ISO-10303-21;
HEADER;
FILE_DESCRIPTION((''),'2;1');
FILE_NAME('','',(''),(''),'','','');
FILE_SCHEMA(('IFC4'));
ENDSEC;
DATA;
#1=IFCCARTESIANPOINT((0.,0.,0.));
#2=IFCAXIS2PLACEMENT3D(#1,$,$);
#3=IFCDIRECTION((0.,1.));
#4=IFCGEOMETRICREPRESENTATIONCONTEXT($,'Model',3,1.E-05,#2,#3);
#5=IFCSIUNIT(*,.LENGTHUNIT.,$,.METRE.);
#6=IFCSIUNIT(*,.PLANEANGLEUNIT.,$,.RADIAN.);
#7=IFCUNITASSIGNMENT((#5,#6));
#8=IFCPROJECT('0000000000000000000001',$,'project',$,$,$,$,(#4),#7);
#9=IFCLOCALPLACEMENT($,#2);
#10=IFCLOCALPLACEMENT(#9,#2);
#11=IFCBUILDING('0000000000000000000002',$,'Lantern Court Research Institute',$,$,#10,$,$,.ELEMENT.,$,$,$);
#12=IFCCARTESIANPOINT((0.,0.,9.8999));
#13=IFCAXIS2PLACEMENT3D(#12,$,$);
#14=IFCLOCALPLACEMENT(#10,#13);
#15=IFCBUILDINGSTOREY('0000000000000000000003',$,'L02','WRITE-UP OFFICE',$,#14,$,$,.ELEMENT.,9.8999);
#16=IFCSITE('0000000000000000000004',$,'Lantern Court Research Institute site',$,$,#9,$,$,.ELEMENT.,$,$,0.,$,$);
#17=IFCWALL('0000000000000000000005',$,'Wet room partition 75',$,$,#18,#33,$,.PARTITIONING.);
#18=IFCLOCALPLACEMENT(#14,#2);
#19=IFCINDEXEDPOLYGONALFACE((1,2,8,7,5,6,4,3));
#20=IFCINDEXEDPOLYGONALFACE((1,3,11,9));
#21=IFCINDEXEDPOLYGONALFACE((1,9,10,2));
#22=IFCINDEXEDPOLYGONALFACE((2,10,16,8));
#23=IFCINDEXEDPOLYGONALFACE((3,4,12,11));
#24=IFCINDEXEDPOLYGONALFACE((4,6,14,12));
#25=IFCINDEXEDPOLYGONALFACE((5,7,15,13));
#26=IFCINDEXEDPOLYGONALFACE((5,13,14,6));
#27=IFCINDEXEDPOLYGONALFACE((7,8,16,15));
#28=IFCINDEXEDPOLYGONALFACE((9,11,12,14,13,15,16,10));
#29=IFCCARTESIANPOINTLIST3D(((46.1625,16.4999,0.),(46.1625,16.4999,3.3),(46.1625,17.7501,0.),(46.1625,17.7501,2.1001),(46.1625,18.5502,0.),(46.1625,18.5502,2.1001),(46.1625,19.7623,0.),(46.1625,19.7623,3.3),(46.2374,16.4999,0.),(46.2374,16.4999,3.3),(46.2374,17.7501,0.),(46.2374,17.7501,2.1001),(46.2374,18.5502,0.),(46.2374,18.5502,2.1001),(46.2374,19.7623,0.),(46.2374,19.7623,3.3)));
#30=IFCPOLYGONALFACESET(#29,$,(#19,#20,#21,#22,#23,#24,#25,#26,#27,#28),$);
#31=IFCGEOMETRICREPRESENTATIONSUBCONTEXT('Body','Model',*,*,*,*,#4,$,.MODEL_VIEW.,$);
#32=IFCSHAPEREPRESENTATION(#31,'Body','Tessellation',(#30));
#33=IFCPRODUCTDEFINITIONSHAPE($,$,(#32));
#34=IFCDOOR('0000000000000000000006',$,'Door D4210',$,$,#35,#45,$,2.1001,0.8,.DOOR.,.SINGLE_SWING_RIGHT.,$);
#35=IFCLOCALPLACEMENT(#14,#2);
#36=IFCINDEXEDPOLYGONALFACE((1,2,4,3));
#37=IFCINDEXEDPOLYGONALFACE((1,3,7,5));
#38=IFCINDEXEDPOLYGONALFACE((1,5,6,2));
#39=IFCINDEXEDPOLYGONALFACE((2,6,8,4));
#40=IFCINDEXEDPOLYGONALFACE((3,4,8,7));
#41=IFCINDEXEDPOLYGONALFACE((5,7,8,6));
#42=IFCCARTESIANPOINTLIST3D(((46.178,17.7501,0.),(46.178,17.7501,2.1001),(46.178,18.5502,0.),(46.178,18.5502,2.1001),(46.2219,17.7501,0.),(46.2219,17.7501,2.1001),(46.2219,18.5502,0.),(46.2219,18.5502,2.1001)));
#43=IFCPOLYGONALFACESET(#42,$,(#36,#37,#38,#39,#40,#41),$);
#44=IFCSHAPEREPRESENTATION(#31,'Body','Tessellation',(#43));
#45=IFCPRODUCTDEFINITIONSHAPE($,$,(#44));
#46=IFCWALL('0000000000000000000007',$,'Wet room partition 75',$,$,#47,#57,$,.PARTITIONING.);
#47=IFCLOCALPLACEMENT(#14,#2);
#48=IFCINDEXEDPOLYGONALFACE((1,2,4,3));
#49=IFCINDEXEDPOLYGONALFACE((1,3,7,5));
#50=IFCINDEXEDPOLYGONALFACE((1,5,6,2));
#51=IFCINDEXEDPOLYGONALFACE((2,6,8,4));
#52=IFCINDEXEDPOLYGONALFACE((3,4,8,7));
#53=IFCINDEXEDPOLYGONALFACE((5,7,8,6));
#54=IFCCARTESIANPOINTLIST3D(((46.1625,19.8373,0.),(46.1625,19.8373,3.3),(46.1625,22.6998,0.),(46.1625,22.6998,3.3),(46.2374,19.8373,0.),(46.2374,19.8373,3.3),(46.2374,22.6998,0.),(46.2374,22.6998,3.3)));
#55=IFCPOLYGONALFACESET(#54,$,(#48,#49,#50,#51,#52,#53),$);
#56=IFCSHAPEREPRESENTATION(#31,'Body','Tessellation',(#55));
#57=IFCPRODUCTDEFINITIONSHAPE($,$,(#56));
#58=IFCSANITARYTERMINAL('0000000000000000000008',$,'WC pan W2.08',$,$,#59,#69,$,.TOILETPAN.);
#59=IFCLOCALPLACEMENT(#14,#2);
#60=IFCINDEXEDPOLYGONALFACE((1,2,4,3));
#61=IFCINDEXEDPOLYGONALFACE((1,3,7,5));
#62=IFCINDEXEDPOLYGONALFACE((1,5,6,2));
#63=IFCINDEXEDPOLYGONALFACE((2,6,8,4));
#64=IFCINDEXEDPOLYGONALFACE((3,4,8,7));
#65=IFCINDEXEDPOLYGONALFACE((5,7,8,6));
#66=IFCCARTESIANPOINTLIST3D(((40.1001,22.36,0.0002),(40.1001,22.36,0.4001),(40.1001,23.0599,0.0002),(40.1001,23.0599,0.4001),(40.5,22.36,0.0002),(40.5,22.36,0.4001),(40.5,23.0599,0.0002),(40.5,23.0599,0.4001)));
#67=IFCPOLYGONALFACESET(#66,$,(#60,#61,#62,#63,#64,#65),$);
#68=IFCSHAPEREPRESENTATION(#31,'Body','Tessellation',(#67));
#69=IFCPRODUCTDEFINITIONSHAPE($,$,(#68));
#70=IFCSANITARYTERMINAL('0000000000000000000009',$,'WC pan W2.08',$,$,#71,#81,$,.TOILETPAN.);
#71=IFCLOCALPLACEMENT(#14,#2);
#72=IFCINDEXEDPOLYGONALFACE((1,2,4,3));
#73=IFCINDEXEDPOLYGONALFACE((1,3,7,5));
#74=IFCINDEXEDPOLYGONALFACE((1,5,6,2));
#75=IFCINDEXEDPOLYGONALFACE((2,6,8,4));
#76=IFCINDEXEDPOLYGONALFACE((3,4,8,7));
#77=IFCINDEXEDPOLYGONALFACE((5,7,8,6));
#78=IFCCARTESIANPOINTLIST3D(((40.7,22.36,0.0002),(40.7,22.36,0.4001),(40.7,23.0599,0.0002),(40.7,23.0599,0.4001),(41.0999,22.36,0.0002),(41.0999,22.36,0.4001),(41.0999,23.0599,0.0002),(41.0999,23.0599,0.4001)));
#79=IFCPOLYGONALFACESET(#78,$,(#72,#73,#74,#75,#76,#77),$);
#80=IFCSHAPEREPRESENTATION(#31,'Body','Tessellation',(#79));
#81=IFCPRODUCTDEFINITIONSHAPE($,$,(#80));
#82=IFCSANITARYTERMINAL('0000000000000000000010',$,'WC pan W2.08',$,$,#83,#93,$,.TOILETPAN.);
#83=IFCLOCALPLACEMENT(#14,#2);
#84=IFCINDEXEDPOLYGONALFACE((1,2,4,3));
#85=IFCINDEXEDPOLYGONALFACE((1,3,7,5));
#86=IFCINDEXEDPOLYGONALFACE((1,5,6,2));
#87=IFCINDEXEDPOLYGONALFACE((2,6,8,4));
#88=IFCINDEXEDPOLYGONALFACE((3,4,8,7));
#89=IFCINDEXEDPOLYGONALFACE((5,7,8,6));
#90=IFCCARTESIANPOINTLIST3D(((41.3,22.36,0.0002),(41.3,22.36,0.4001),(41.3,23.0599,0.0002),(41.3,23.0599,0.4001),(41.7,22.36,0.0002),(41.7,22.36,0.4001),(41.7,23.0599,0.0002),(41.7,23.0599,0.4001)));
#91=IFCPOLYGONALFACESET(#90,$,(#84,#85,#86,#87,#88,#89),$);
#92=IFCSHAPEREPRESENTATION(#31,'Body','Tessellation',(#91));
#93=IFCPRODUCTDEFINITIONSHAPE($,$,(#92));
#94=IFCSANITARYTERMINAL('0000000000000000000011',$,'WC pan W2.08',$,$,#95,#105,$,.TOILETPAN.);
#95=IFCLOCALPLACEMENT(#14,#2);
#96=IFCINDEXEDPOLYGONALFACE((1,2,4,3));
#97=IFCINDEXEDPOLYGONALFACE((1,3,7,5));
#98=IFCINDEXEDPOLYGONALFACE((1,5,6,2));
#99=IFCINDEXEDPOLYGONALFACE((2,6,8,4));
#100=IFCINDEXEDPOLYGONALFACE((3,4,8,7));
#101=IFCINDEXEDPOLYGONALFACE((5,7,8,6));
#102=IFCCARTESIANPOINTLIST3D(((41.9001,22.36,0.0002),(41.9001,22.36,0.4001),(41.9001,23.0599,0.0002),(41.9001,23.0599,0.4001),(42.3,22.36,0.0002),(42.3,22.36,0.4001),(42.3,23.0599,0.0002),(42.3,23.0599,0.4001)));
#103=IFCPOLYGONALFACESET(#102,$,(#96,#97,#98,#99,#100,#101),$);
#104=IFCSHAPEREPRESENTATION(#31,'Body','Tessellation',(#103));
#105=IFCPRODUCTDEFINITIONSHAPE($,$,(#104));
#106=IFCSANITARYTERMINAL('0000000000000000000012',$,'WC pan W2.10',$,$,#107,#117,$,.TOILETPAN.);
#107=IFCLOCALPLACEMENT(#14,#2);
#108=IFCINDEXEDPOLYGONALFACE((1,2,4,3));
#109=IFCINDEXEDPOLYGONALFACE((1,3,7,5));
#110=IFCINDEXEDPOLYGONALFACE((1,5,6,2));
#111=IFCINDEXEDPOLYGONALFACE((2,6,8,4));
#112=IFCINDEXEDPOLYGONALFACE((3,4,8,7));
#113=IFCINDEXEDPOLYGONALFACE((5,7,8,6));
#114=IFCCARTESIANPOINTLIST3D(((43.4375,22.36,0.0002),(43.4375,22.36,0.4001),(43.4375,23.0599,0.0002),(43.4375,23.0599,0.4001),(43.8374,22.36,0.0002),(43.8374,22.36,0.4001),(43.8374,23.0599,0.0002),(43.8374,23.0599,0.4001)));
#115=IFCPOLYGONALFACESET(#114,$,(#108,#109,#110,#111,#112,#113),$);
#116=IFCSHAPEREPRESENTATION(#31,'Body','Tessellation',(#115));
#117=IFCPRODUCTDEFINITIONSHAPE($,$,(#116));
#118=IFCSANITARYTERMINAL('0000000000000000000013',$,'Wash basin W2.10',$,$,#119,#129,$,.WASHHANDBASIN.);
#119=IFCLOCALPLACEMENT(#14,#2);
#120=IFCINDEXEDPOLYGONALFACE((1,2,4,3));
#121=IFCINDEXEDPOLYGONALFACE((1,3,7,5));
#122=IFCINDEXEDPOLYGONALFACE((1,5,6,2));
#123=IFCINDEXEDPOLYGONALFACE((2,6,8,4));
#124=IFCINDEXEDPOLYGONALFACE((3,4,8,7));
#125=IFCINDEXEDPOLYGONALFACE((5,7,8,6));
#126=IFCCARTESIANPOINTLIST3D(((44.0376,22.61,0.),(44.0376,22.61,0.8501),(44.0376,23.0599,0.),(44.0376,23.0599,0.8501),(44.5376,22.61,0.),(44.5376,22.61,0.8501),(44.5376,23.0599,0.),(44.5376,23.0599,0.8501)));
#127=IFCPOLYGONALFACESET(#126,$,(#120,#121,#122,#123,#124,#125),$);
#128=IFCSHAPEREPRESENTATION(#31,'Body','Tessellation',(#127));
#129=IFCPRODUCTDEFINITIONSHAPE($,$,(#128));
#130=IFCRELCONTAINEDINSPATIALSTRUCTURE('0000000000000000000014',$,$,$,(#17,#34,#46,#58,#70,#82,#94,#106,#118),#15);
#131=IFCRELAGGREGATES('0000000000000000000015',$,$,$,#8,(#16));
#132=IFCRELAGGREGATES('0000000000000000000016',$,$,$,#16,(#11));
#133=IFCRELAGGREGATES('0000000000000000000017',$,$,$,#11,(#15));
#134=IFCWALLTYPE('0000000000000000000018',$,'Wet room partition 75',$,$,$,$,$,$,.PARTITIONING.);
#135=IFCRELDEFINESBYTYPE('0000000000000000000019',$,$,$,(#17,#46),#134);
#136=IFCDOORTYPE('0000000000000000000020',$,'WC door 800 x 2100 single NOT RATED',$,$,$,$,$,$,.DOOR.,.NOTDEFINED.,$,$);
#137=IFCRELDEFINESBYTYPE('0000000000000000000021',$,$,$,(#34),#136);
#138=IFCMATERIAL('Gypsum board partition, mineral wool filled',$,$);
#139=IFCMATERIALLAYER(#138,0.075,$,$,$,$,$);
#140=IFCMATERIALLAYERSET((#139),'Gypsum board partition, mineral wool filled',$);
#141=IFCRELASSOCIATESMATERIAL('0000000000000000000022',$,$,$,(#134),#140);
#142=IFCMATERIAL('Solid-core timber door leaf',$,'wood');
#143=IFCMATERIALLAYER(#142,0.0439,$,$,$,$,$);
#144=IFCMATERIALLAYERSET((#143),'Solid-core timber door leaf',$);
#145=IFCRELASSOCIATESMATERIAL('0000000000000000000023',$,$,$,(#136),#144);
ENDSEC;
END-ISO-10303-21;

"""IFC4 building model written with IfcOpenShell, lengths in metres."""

from ifc_helpers import new_model, si_unit, direction, frame, frame_2d, origin, origin_2d, place, context, subcontext, project, spatial, rectangle, extrude, material, layer, layer_set, type_object, element, fill, save


model = new_model("IFC4")

# Units and contexts
model_context = context("Model", 3, precision=1e-05, world=origin(), true_north=direction((0.0, 1.0)))
body_context = subcontext(model_context, "Body", "Model", "MODEL_VIEW")
ifc_project = project(units=[si_unit("LENGTHUNIT", "METRE"), si_unit("PLANEANGLEUNIT", "RADIAN")], contexts=[model_context])

# Site, building, storey
site_placement = place(None, origin())
site = spatial("IfcSite", under=ifc_project, at=site_placement, Name="Lantern Court Research Institute site", CompositionType="ELEMENT", RefElevation=0.0)
building_placement = place(site_placement, origin())
building = spatial("IfcBuilding", under=site, at=building_placement, Name="Lantern Court Research Institute", CompositionType="ELEMENT")
storey_placement = place(building_placement, frame((0.0, 0.0, 9.8999)))
storey = spatial("IfcBuildingStorey", under=building, at=storey_placement, Name="L02", Description="WRITE-UP OFFICE", CompositionType="ELEMENT", Elevation=9.8999)

# Shared definitions
ifc_material_1 = material(Name="Gypsum board partition, mineral wool filled")
ifc_layer_1 = layer(ifc_material_1, 0.075)
ifc_layer_set_1 = layer_set([ifc_layer_1], Name="Gypsum board partition, mineral wool filled")
wall_type_1 = type_object("IfcWallType", Name="Wet room partition 75", PredefinedType="PARTITIONING", material=ifc_layer_set_1)
ifc_material_2 = material(Name="Solid-core timber door leaf", Category="wood")
ifc_layer_2 = layer(ifc_material_2, 0.0439)
ifc_layer_set_2 = layer_set([ifc_layer_2], Name="Solid-core timber door leaf")
door_type_1 = type_object("IfcDoorType", Name="WC door 800 x 2100 single NOT RATED", OperationType="NOTDEFINED", PredefinedType="DOOR", material=ifc_layer_set_2)

# Wall, opening, door
wall_1_placement = place(storey_placement, frame((46.2, 19.7625, 0.0), z_axis=(0.0, 0.0, 1.0), x_axis=(0.0, -1.0, 0.0)))
wall_1 = element("IfcWall", 1, at=wall_1_placement, inside=storey, type_object=wall_type_1, Name="Wet room partition 75", PredefinedType="PARTITIONING", context=body_context, shape_type="SweptSolid", body=[
    extrude(rectangle(XDim=3.2625, YDim=0.075, at=frame_2d((1.6313, 0.0))), origin(), (0.0, 0.0, 1.0), 3.3),
])
opening_1_placement = place(wall_1_placement, frame((1.2124, 0.0, 0.0)))
opening_1 = element("IfcOpeningElement", 2, at=opening_1_placement, cuts=wall_1, PredefinedType="OPENING", context=body_context, shape_type="SweptSolid", body=[
    extrude(rectangle(XDim=0.8, YDim=2.1001, at=frame_2d((0.3999, 1.05))), frame((0.0, 0.0474, 0.0), z_axis=(0.0, -1.0, 0.0), x_axis=(1.0, 0.0, 0.0)), (0.0, 0.0, 1.0), 0.095),
])
door_1_placement = place(opening_1_placement, origin())
door_1 = element("IfcDoor", 3, at=door_1_placement, inside=storey, type_object=door_type_1, Name="Door D4210", OperationType="SINGLE_SWING_RIGHT", OverallHeight=2.1001, OverallWidth=0.8, PredefinedType="DOOR", context=body_context, shape_type="SweptSolid", body=[
    extrude(rectangle(XDim=0.8, YDim=2.1001, at=frame_2d((0.3999, 1.05))), frame((0.0, 0.022, 0.0), z_axis=(0.0, -1.0, 0.0), x_axis=(1.0, 0.0, 0.0)), (0.0, 0.0, 1.0), 0.0439),
])
fill(opening_1, door_1)

# Wall
wall_2_placement = place(storey_placement, frame((46.2, 19.8374, 0.0), z_axis=(0.0, 0.0, 1.0), x_axis=(0.0, 1.0, 0.0)))
element("IfcWall", 4, at=wall_2_placement, inside=storey, type_object=wall_type_1, Name="Wet room partition 75", PredefinedType="PARTITIONING", context=body_context, shape_type="SweptSolid", body=[
    extrude(rectangle(XDim=2.8625, YDim=0.075, at=frame_2d((1.4312, 0.0))), origin(), (0.0, 0.0, 1.0), 3.3),
])

# Sanitary terminals
for number, where, z_axis, x_axis, name in (
    (5, (40.3, 22.71, 0.0002), (0.0, 0.0, 1.0), (1.0, 0.0, 0.0), "WC pan W2.08"),
    (6, (40.8999, 22.71, 0.0002), (0.0, 0.0, 1.0), (1.0, 0.0, 0.0), "WC pan W2.08"),
    (7, (41.5, 22.71, 0.0002), (0.0, 0.0, 1.0), (1.0, 0.0, 0.0), "WC pan W2.08"),
    (8, (42.1001, 22.71, 0.0002), (0.0, 0.0, 1.0), (1.0, 0.0, 0.0), "WC pan W2.08"),
    (9, (43.6375, 22.71, 0.0002), (0.0, 0.0, 1.0), (1.0, 0.0, 0.0), "WC pan W2.10"),
):
    element("IfcSanitaryTerminal", number, at=place(storey_placement, frame(where, z_axis=z_axis, x_axis=x_axis)), inside=storey, Name=name, PredefinedType="TOILETPAN", context=body_context, shape_type="SweptSolid", body=[
        extrude(rectangle(XDim=0.3999, YDim=0.7, at=origin_2d()), origin(), (0.0, 0.0, 1.0), 0.3999),
    ])
sanitary_terminal_placement = place(storey_placement, frame((44.2876, 22.835, 0.0), z_axis=(0.0, 0.0, 1.0), x_axis=(1.0, 0.0, 0.0)))
element("IfcSanitaryTerminal", 10, at=sanitary_terminal_placement, inside=storey, Name="Wash basin W2.10", PredefinedType="WASHHANDBASIN", context=body_context, shape_type="SweptSolid", body=[
    extrude(rectangle(XDim=0.5, YDim=0.45, at=origin_2d()), origin(), (0.0, 0.0, 1.0), 0.8501),
])

save(model, "model.ifc")
